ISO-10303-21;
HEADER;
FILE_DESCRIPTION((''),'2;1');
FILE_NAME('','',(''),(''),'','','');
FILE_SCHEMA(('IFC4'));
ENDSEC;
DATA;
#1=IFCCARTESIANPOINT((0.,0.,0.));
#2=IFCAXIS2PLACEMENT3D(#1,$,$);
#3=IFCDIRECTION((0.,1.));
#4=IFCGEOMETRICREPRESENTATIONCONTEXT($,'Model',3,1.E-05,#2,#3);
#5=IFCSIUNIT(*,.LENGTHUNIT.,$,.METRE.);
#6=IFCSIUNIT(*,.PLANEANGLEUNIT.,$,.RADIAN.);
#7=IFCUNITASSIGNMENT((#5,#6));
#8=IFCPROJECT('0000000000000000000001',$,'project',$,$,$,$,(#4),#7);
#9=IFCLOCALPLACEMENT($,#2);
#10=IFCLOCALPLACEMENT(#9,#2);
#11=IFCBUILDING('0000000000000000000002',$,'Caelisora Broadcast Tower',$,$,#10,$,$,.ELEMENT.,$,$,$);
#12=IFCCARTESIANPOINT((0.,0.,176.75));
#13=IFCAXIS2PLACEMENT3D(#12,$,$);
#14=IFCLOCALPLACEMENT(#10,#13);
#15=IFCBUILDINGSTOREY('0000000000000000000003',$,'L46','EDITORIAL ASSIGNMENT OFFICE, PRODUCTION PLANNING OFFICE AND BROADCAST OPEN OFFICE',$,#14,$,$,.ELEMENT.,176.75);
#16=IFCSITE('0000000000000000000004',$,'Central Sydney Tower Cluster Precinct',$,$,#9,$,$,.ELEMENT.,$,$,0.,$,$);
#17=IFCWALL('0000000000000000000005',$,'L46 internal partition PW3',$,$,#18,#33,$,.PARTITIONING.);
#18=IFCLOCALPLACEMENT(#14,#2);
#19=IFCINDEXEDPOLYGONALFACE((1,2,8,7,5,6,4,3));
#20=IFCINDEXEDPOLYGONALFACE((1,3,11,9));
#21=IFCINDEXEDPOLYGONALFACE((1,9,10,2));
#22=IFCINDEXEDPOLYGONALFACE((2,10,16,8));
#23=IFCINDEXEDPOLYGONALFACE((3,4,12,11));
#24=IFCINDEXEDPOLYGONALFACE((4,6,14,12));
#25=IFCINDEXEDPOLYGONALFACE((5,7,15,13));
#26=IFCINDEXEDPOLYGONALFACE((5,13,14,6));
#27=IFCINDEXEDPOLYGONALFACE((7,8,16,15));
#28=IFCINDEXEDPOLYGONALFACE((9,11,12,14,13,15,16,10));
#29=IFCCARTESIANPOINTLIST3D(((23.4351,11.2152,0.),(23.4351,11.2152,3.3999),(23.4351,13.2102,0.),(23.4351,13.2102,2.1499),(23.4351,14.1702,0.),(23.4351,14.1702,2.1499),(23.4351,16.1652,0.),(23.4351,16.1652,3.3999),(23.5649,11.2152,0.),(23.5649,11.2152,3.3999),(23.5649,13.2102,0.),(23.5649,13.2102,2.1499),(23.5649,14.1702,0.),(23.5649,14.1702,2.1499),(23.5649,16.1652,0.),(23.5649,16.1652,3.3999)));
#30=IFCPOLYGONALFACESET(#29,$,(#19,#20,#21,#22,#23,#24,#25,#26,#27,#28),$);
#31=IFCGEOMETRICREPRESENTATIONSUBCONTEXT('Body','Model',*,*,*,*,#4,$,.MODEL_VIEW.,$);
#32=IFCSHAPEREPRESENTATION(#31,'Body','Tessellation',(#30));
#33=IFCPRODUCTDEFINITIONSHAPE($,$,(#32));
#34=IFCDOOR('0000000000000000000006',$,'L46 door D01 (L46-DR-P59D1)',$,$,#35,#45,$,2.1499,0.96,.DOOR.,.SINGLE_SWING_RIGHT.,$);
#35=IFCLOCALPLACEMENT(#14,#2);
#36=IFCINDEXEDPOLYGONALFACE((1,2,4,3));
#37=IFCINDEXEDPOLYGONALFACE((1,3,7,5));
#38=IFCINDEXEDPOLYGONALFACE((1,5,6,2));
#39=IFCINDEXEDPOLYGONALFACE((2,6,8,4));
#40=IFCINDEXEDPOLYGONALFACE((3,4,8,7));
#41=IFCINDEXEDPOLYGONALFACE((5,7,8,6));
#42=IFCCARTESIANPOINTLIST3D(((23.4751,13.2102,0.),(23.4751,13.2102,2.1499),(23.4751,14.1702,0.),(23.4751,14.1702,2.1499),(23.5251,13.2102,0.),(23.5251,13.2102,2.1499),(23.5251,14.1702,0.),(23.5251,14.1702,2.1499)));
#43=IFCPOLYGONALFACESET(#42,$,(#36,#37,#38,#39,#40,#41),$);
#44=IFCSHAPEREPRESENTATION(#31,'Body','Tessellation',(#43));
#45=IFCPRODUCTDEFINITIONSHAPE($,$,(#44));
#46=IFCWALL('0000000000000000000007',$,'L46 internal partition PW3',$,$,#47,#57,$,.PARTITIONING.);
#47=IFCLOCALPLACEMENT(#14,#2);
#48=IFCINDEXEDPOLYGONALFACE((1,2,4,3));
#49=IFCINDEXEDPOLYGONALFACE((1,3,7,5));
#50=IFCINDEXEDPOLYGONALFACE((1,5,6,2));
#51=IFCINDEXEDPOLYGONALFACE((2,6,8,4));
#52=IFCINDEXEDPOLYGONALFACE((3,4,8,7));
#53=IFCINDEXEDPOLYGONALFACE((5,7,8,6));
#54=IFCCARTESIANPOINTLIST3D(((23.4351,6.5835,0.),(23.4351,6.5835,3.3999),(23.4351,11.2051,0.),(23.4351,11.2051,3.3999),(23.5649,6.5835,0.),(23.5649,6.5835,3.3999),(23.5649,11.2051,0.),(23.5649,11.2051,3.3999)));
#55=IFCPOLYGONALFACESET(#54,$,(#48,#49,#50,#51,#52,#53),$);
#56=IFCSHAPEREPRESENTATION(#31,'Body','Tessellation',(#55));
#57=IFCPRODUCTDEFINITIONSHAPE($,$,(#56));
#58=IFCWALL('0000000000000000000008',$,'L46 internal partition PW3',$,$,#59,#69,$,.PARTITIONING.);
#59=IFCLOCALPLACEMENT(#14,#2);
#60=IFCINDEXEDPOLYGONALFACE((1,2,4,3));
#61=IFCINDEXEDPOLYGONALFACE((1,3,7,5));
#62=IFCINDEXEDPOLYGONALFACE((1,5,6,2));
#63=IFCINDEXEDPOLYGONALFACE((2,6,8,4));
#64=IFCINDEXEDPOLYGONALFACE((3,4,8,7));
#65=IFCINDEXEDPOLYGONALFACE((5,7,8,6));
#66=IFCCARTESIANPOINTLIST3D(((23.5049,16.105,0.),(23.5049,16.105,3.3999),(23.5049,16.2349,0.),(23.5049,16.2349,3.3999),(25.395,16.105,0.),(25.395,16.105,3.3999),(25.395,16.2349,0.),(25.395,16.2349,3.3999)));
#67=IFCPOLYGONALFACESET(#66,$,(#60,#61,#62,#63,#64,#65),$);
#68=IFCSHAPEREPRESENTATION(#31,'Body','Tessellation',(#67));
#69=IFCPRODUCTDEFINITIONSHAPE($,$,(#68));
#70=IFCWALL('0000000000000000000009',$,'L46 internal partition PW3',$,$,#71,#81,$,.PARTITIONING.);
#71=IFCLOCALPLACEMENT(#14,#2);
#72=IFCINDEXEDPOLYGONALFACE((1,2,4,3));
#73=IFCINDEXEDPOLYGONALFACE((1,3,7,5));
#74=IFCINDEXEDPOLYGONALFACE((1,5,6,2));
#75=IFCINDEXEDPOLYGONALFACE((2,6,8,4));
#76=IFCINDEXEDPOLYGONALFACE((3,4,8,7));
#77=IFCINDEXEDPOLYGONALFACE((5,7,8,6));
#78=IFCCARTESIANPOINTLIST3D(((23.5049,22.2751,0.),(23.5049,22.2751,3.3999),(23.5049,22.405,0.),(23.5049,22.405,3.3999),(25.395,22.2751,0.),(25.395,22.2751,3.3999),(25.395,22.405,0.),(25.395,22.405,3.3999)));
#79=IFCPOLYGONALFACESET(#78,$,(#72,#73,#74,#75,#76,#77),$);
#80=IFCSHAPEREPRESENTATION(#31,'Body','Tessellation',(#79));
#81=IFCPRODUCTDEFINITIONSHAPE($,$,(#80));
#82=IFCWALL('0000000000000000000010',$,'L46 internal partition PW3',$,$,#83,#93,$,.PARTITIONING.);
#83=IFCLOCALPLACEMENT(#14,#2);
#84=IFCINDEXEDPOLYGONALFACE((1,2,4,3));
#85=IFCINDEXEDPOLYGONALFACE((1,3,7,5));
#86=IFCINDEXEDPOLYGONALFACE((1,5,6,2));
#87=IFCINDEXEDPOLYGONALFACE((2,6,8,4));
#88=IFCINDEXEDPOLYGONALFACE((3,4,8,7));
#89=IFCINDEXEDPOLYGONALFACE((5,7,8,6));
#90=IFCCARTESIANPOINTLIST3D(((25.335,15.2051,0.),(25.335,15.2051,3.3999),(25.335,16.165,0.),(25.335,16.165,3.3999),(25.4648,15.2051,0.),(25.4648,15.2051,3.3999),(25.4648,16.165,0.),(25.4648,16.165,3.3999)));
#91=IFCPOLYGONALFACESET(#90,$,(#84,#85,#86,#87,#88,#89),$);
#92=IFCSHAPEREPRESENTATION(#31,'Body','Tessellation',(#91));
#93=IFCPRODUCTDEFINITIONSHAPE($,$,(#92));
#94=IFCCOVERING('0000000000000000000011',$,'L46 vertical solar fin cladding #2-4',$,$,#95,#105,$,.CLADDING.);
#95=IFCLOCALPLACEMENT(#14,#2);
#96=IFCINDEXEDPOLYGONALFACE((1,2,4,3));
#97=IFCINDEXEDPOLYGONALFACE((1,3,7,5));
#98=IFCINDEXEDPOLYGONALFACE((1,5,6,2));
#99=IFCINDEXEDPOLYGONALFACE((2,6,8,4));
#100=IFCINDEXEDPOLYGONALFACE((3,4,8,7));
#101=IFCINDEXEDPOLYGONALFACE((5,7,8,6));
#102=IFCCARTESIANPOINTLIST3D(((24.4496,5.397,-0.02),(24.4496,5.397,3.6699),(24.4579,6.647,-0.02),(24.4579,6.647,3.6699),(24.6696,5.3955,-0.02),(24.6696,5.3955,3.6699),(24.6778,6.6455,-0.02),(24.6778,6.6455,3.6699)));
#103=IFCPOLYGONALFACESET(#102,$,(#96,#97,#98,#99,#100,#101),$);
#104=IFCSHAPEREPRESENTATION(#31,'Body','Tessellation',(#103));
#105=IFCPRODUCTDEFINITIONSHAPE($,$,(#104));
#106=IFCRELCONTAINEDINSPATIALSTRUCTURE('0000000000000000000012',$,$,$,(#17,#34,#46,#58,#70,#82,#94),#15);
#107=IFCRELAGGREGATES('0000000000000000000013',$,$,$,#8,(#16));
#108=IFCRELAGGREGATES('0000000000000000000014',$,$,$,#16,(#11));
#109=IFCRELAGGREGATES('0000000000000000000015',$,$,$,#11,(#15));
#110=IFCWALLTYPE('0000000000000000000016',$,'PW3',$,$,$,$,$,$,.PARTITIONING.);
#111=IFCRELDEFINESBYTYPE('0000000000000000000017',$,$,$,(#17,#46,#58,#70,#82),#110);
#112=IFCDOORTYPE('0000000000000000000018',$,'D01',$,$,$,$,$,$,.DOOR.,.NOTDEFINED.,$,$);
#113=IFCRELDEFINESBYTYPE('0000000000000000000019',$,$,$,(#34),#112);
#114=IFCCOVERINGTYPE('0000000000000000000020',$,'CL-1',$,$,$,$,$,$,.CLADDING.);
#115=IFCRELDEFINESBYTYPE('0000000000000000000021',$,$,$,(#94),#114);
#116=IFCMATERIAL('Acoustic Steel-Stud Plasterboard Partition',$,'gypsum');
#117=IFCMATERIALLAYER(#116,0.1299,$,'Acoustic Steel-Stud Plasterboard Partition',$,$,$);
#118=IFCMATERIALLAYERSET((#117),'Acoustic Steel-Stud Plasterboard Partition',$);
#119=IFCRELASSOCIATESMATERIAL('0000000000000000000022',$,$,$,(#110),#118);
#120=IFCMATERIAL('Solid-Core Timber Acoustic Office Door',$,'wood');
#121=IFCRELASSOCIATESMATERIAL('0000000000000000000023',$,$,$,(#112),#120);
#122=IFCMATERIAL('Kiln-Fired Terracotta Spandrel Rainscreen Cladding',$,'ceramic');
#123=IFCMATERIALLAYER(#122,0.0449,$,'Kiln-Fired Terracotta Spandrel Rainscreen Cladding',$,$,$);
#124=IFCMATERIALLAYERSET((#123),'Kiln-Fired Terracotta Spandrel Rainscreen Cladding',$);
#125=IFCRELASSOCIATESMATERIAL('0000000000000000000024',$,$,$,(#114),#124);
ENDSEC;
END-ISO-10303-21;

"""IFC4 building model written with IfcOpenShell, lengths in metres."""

from ifc_helpers import new_model, si_unit, direction, frame, frame_2d, origin, origin_2d, place, context, subcontext, project, spatial, rectangle, extrude, source, transform, mapped, material, layer, layer_set, type_object, type_shapes, element, fill, save


model = new_model("IFC4")

# Units and contexts
model_context = context("Model", 3, precision=1e-05, world=origin(), true_north=direction((0.0, 1.0)))
body_context = subcontext(model_context, "Body", "Model", "MODEL_VIEW")
ifc_project = project(units=[si_unit("LENGTHUNIT", "METRE"), si_unit("PLANEANGLEUNIT", "RADIAN")], contexts=[model_context])

# Site, building, storey
site_placement = place(None, origin())
site = spatial("IfcSite", under=ifc_project, at=site_placement, Name="Central Sydney Tower Cluster Precinct", CompositionType="ELEMENT", RefElevation=0.0)
building_placement = place(site_placement, origin())
building = spatial("IfcBuilding", under=site, at=building_placement, Name="Caelisora Broadcast Tower", CompositionType="ELEMENT")
storey_placement = place(building_placement, frame((0.0, 0.0, 176.75)))
storey = spatial("IfcBuildingStorey", under=building, at=storey_placement, Name="L46", Description="EDITORIAL ASSIGNMENT OFFICE, PRODUCTION PLANNING OFFICE AND BROADCAST OPEN OFFICE", CompositionType="ELEMENT", Elevation=176.75)

# Wall, opening, door
ifc_material_1 = material(Name="Acoustic Steel-Stud Plasterboard Partition", Category="gypsum")
ifc_layer_1 = layer(ifc_material_1, 0.1299, Name="Acoustic Steel-Stud Plasterboard Partition")
ifc_layer_set_1 = layer_set([ifc_layer_1], Name="Acoustic Steel-Stud Plasterboard Partition")
wall_type = type_object("IfcWallType", Name="PW3", PredefinedType="PARTITIONING", material=ifc_layer_set_1)
ifc_material_2 = material(Name="Solid-Core Timber Acoustic Office Door", Category="wood")
door_type = type_object("IfcDoorType", Name="D01", OperationType="NOTDEFINED", PredefinedType="DOOR", material=ifc_material_2)
wall_1_placement = place(storey_placement, frame((23.5, 11.2151, 0.0), z_axis=(0.0, 0.0, 1.0), x_axis=(0.0, 1.0, 0.0)))
wall_1 = element("IfcWall", 1, at=wall_1_placement, inside=storey, type_object=wall_type, Name="L46 internal partition PW3", PredefinedType="PARTITIONING", context=body_context, shape_type="SweptSolid", body=[
    extrude(rectangle(XDim=4.95, YDim=0.1299, at=frame_2d((2.4751, 0.0))), origin(), (0.0, 0.0, 1.0), 3.3999),
])
opening_1_placement = place(wall_1_placement, frame((1.9951, 0.0, 0.0)))
opening_1 = element("IfcOpeningElement", 2, at=opening_1_placement, cuts=wall_1, PredefinedType="OPENING", context=body_context, shape_type="SweptSolid", body=[
    extrude(rectangle(XDim=0.96, YDim=2.1499, at=frame_2d((0.48, 1.075))), frame((0.0, 0.0769, 0.0), z_axis=(0.0, -1.0, 0.0), x_axis=(1.0, 0.0, 0.0)), (0.0, 0.0, 1.0), 0.1538),
])
door_1_placement = place(opening_1_placement, origin())
door_1 = element("IfcDoor", 3, at=door_1_placement, inside=storey, type_object=door_type, Name="L46 door D01 (L46-DR-P59D1)", OperationType="SINGLE_SWING_RIGHT", OverallHeight=2.1499, OverallWidth=0.96, PredefinedType="DOOR", context=body_context, shape_type="SweptSolid", body=[
    extrude(rectangle(XDim=0.96, YDim=2.1499, at=frame_2d((0.48, 1.075))), frame((0.0, 0.0249, 0.0), z_axis=(0.0, -1.0, 0.0), x_axis=(1.0, 0.0, 0.0)), (0.0, 0.0, 1.0), 0.05),
])
fill(opening_1, door_1)

# Wall
wall_2_placement = place(storey_placement, frame((23.5, 6.5835, 0.0), z_axis=(0.0, 0.0, 1.0), x_axis=(0.0, 1.0, 0.0)))
element("IfcWall", 4, at=wall_2_placement, inside=storey, type_object=wall_type, Name="L46 internal partition PW3", PredefinedType="PARTITIONING", context=body_context, shape_type="SweptSolid", body=[
    extrude(rectangle(XDim=4.6216, YDim=0.1299, at=frame_2d((2.3108, 0.0))), origin(), (0.0, 0.0, 1.0), 3.3999),
])

# Walls
for number, where, z_axis, x_axis, name in (
    (5, (23.5049, 16.1699, 0.0), (0.0, 0.0, 1.0), (1.0, 0.0, 0.0), "L46 internal partition PW3"),
    (6, (23.5049, 22.3401, 0.0), (0.0, 0.0, 1.0), (1.0, 0.0, 0.0), "L46 internal partition PW3"),
):
    element("IfcWall", number, at=place(storey_placement, frame(where, z_axis=z_axis, x_axis=x_axis)), inside=storey, type_object=wall_type, Name=name, PredefinedType="PARTITIONING", context=body_context, shape_type="SweptSolid", body=[
        extrude(rectangle(XDim=1.8901, YDim=0.1299, at=frame_2d((0.9451, 0.0))), origin(), (0.0, 0.0, 1.0), 3.3999),
    ])
wall_3_placement = place(storey_placement, frame((25.3999, 16.165, 0.0), z_axis=(0.0, 0.0, 1.0), x_axis=(0.0, -1.0, 0.0)))
element("IfcWall", 7, at=wall_3_placement, inside=storey, type_object=wall_type, Name="L46 internal partition PW3", PredefinedType="PARTITIONING", context=body_context, shape_type="SweptSolid", body=[
    extrude(rectangle(XDim=0.96, YDim=0.1299, at=frame_2d((0.48, 0.0))), origin(), (0.0, 0.0, 1.0), 3.3999),
])

# Covering
ifc_material_3 = material(Name="Kiln-Fired Terracotta Spandrel Rainscreen Cladding", Category="ceramic")
ifc_layer_2 = layer(ifc_material_3, 0.0449, Name="Kiln-Fired Terracotta Spandrel Rainscreen Cladding")
ifc_layer_set_2 = layer_set([ifc_layer_2], Name="Kiln-Fired Terracotta Spandrel Rainscreen Cladding")
covering_type = type_object("IfcCoveringType", Name="CL-1", PredefinedType="CLADDING", material=ifc_layer_set_2)
shared_shape_1 = source(origin(), body_context, "Body", "SweptSolid", [
    extrude(rectangle(XDim=0.22, YDim=1.25, at=origin_2d()), origin(), (0.0, 0.0, 1.0), 3.6899),
])
type_shapes(covering_type, [shared_shape_1])
covering_placement = place(storey_placement, frame((24.5637, 6.0212, -0.02), z_axis=(0.0, 0.0, 1.0), x_axis=(-0.999978, 0.006632, 0.0)))
element("IfcCovering", 8, at=covering_placement, inside=storey, type_object=covering_type, Name="L46 vertical solar fin cladding #2-4", PredefinedType="CLADDING", context=body_context, shape_type="MappedRepresentation", body=[
    mapped(shared_shape_1, transform((0.0, 0.0, 0.0), scale=1.0)),
])

save(model, "model.ifc")
